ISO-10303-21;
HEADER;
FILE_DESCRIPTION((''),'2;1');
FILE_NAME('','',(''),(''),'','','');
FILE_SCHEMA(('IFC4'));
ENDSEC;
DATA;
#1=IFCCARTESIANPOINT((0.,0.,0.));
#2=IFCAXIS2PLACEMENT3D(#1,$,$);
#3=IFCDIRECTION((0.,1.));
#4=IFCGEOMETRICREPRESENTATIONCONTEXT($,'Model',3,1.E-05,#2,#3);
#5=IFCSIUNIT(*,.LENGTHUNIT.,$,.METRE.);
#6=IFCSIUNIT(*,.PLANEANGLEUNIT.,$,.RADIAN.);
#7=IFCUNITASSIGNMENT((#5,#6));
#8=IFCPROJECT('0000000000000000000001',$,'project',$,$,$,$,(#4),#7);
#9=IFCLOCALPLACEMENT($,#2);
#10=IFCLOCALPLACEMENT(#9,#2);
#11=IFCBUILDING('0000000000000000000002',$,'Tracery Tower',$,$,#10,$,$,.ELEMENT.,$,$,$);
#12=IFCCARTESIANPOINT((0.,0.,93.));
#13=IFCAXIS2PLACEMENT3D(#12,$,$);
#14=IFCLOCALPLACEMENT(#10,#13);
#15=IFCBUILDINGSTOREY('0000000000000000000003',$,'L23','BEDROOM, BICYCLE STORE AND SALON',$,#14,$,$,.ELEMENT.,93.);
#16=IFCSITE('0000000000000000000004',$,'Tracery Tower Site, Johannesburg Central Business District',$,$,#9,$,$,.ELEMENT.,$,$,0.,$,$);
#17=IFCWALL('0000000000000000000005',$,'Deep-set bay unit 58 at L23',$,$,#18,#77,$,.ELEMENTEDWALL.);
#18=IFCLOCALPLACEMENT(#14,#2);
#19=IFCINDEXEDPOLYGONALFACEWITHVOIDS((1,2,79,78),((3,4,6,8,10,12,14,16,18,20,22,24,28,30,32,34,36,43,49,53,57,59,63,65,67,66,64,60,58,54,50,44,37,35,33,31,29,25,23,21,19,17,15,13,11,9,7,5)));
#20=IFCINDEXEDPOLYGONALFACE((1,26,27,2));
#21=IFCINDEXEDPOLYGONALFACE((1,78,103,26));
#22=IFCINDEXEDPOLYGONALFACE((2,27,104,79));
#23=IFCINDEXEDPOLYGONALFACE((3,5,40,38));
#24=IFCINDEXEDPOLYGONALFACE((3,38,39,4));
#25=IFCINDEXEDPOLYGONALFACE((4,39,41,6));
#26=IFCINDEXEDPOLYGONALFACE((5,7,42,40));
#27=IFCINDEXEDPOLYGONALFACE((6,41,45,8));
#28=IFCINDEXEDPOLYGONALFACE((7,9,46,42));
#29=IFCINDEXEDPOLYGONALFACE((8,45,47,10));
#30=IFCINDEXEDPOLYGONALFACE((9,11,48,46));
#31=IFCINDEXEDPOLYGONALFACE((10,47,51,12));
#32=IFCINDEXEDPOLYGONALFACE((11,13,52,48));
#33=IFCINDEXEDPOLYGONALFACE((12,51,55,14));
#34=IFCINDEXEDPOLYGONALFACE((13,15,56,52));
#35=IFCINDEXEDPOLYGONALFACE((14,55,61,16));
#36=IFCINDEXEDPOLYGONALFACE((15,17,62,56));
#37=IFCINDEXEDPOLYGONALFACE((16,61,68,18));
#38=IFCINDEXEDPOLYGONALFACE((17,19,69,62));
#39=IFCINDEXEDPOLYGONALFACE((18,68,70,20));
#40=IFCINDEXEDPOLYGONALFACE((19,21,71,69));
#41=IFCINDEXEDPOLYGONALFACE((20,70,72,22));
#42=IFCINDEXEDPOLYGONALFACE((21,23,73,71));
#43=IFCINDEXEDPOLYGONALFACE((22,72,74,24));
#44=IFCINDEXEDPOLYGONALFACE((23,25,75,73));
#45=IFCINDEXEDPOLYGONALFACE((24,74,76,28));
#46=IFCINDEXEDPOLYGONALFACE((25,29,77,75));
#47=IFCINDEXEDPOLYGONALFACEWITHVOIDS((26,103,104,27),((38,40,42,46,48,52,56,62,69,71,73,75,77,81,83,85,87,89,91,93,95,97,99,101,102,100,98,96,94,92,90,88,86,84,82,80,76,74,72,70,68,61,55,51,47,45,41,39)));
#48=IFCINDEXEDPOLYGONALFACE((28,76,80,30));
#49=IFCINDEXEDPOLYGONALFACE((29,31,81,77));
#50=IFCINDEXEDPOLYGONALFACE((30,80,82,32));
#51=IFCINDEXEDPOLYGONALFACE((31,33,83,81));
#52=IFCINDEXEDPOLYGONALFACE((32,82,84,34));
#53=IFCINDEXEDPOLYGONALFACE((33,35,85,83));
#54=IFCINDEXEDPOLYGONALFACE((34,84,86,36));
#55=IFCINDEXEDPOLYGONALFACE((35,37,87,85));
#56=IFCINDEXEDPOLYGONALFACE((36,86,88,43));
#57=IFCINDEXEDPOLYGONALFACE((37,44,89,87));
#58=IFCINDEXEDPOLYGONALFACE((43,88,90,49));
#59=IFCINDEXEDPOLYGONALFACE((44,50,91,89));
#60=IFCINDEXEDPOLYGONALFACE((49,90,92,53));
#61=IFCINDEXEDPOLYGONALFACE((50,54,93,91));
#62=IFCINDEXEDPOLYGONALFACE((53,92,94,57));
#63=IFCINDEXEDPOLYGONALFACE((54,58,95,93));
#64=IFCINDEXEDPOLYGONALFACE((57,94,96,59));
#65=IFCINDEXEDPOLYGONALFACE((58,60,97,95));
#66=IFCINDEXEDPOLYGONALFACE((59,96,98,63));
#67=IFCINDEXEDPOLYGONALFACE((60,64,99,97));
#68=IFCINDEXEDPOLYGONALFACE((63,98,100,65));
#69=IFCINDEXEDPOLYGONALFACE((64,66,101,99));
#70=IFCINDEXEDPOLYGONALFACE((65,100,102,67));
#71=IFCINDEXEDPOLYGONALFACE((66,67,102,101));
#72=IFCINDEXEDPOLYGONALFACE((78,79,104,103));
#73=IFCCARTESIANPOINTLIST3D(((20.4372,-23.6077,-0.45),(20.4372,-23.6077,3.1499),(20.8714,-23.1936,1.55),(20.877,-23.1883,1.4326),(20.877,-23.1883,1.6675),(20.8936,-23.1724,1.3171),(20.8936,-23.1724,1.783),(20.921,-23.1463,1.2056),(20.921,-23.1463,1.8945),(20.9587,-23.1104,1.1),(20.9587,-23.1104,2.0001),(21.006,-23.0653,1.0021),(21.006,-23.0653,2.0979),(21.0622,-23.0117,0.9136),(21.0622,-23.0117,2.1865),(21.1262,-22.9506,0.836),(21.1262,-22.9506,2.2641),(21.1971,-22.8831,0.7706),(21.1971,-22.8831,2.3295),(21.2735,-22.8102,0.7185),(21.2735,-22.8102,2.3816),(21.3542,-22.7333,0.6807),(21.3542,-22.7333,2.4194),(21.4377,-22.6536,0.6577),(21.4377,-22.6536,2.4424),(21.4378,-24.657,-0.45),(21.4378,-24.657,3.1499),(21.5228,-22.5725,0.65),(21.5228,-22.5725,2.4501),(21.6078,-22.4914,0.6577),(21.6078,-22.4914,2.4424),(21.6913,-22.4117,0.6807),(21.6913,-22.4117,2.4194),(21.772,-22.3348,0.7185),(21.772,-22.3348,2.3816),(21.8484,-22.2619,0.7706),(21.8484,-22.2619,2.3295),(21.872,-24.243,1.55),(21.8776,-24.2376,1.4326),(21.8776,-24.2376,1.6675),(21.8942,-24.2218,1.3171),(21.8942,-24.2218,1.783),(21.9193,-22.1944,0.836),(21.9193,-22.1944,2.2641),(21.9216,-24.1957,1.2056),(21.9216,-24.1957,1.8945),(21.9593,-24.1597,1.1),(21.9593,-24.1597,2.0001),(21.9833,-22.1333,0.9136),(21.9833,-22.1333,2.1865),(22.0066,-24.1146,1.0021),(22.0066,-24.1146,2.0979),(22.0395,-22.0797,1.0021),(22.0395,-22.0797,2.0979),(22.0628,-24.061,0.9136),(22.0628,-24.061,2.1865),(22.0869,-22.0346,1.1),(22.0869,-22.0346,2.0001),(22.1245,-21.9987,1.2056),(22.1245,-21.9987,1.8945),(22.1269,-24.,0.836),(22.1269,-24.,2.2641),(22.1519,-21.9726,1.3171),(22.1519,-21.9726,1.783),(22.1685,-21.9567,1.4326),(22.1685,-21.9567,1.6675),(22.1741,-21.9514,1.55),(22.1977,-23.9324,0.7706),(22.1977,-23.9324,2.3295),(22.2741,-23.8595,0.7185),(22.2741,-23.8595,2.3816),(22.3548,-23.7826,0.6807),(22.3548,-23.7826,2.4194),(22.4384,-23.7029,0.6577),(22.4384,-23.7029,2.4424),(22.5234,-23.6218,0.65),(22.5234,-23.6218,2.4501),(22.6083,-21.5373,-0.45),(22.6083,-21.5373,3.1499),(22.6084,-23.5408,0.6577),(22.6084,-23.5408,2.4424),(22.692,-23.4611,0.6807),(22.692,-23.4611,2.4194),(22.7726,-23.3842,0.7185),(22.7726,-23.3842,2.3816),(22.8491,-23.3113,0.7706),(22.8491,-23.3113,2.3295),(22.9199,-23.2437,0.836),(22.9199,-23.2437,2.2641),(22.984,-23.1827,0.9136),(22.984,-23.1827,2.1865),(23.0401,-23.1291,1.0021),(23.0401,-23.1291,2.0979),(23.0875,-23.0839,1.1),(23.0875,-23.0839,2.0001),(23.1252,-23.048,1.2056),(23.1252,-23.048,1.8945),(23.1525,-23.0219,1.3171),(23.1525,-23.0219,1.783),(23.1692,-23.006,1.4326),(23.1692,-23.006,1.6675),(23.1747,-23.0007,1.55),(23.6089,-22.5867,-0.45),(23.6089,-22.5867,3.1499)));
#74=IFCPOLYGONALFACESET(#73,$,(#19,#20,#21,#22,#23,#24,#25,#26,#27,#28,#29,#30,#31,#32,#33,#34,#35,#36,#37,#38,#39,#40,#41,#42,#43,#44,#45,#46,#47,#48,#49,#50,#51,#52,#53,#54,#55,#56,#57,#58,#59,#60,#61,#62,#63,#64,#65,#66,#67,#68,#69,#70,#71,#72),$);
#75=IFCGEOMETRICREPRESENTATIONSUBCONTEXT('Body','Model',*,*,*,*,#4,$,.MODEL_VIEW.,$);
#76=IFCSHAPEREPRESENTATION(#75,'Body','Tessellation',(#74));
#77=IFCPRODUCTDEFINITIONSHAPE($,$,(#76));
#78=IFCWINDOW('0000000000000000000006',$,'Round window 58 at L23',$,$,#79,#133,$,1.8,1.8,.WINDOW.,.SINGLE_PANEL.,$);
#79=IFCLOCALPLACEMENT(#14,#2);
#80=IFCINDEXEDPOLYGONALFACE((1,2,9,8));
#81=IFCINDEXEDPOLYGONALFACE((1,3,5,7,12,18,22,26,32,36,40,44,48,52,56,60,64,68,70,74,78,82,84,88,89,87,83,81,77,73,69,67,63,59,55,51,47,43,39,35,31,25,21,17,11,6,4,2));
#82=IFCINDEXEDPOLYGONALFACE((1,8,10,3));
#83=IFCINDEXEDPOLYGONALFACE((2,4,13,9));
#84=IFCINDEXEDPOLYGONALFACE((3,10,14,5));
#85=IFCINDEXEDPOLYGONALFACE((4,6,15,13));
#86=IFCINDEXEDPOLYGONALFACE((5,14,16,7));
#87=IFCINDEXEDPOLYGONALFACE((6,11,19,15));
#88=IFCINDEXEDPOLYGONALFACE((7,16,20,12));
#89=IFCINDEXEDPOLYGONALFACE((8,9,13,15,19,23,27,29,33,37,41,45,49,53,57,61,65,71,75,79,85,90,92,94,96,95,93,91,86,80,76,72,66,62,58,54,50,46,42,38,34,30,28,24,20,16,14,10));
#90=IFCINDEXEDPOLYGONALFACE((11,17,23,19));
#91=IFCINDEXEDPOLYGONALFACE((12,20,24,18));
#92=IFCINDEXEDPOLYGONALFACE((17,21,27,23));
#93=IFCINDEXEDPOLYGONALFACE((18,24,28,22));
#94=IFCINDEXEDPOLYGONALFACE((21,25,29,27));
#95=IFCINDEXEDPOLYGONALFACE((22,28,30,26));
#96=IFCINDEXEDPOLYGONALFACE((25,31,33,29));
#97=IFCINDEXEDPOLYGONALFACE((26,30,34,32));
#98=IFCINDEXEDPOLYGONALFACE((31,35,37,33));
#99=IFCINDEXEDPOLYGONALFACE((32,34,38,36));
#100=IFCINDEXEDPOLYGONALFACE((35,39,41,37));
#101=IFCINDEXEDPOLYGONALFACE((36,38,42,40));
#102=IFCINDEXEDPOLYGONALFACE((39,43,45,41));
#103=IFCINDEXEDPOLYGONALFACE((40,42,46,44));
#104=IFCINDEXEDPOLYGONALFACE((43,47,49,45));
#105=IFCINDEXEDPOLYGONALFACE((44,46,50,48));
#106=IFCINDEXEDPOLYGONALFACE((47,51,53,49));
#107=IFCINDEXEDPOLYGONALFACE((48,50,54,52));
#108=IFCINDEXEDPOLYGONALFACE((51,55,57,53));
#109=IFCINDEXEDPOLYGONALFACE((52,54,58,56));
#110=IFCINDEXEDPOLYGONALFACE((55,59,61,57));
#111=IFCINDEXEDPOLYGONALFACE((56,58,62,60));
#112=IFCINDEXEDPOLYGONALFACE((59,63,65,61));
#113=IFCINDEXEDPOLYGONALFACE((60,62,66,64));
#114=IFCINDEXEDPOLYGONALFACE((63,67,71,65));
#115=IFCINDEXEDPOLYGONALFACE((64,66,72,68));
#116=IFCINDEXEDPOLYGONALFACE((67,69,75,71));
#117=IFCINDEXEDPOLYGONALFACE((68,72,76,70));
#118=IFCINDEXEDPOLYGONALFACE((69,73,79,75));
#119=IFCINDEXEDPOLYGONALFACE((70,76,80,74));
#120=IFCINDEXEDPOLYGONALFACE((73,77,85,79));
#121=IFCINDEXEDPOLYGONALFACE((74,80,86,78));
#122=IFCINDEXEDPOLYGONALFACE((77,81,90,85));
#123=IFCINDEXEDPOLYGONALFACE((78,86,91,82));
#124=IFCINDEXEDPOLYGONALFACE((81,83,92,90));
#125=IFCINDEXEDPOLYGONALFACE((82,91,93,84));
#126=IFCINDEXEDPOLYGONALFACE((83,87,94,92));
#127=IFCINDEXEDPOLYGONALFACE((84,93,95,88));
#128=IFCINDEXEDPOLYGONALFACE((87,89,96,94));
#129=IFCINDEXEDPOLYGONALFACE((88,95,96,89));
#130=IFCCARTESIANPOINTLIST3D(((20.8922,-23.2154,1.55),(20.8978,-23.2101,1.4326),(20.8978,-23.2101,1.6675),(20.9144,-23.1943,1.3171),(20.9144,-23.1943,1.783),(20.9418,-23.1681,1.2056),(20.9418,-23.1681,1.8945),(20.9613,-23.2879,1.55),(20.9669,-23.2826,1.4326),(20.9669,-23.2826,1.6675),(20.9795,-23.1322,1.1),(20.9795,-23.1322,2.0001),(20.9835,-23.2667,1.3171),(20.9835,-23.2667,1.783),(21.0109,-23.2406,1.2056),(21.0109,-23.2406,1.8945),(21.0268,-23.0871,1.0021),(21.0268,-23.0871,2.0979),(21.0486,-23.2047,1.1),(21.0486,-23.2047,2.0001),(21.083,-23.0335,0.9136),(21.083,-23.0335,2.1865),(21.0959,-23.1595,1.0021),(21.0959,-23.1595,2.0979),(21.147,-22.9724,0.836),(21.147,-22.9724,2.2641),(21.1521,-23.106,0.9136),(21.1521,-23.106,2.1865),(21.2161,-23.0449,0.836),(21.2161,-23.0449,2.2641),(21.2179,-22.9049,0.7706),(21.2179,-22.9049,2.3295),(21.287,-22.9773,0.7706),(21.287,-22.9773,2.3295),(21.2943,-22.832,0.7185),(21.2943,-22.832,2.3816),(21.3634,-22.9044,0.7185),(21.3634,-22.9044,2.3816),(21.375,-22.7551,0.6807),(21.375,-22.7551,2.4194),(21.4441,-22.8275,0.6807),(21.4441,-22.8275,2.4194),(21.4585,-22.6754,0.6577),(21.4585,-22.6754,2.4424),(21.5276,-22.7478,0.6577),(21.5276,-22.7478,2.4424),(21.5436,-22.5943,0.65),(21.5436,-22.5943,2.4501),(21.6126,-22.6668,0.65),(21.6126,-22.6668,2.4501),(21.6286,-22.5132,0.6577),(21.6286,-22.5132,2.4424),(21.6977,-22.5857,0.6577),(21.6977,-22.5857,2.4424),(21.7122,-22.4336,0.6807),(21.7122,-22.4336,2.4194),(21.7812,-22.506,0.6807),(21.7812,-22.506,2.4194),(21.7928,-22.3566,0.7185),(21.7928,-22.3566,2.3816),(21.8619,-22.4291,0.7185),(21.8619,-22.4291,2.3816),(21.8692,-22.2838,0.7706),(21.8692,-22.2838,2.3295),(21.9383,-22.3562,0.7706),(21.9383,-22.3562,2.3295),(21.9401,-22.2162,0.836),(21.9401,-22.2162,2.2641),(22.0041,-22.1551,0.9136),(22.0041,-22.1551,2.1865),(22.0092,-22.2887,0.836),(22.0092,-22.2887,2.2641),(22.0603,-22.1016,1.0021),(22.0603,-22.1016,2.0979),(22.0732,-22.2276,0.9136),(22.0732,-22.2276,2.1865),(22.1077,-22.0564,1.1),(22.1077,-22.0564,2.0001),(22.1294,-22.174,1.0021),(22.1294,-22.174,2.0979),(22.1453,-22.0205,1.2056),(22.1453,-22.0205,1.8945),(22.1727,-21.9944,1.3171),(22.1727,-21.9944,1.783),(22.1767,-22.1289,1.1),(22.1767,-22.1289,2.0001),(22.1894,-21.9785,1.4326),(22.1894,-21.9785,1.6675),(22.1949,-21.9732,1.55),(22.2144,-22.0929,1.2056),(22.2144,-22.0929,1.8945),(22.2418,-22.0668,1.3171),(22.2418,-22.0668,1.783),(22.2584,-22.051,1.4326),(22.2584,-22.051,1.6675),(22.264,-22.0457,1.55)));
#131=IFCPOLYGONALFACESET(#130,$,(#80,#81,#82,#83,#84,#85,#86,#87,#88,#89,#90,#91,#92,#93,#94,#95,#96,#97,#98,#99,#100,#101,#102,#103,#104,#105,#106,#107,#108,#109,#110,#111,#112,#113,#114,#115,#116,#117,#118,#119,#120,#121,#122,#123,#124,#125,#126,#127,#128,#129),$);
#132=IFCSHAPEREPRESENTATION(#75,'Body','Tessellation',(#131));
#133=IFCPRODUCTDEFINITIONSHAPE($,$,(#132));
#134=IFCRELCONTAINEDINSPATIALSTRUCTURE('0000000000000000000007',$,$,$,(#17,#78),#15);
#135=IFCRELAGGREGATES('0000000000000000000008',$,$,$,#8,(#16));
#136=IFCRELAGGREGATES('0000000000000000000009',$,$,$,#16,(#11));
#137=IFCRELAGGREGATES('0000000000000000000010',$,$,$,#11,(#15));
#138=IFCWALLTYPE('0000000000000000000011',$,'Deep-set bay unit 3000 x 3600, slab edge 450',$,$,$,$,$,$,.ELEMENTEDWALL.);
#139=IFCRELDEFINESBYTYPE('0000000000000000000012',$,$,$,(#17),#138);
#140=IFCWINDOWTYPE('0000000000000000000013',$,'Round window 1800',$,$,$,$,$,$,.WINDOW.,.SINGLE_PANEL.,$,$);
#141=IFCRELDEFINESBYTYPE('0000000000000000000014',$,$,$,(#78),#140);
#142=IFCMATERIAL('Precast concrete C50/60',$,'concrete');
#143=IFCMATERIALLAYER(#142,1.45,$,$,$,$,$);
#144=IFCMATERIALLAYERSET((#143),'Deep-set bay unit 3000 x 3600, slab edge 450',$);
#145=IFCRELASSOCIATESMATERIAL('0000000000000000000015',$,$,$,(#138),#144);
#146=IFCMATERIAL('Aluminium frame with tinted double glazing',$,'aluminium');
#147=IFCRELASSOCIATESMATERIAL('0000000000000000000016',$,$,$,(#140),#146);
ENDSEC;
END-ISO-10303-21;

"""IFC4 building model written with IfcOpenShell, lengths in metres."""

from ifc_helpers import new_model, si_unit, direction, frame, frame_2d, origin, origin_2d, place, context, subcontext, project, spatial, rectangle, circle, extrude, material, layer, layer_set, type_object, element, fill, save


model = new_model("IFC4")

# Units and contexts
model_context = context("Model", 3, precision=1e-05, world=origin(), true_north=direction((0.0, 1.0)))
body_context = subcontext(model_context, "Body", "Model", "MODEL_VIEW")
ifc_project = project(units=[si_unit("LENGTHUNIT", "METRE"), si_unit("PLANEANGLEUNIT", "RADIAN")], contexts=[model_context])

# Site, building, storey
site_placement = place(None, origin())
site = spatial("IfcSite", under=ifc_project, at=site_placement, Name="Tracery Tower Site, Johannesburg Central Business District", CompositionType="ELEMENT", RefElevation=0.0)
building_placement = place(site_placement, origin())
building = spatial("IfcBuilding", under=site, at=building_placement, Name="Tracery Tower", CompositionType="ELEMENT")
storey_placement = place(building_placement, frame((0.0, 0.0, 93.0)))
storey = spatial("IfcBuildingStorey", under=building, at=storey_placement, Name="L23", Description="BEDROOM, BICYCLE STORE AND SALON", CompositionType="ELEMENT", Elevation=93.0)

# Wall, opening, window
ifc_material_1 = material(Name="Precast concrete C50/60", Category="concrete")
ifc_layer_1 = layer(ifc_material_1, 1.45)
ifc_layer_set_1 = layer_set([ifc_layer_1], Name="Deep-set bay unit 3000 x 3600, slab edge 450")
wall_type_1 = type_object("IfcWallType", Name="Deep-set bay unit 3000 x 3600, slab edge 450", PredefinedType="ELEMENTEDWALL", material=ifc_layer_set_1)
wall_1_placement = place(storey_placement, frame((20.9375, -24.1323, -0.45), z_axis=(0.0, 0.0, 1.0), x_axis=(0.723712, 0.690102, 0.0)))
wall_1 = element("IfcWall", 1, at=wall_1_placement, inside=storey, type_object=wall_type_1, Name="Deep-set bay unit 58 at L23", PredefinedType="ELEMENTEDWALL", context=body_context, shape_type="SweptSolid", body=[
    extrude(rectangle(XDim=3.0, YDim=1.45, at=frame_2d((1.5, 0.0))), origin(), (0.0, 0.0, 1.0), 3.5999),
])
opening_1_placement = place(wall_1_placement, frame((1.5, 0.0, 2.0)))
opening_1 = element("IfcOpeningElement", 2, at=opening_1_placement, cuts=wall_1, PredefinedType="OPENING", context=body_context, shape_type="SweptSolid", body=[
    extrude(circle(Radius=0.9, at=origin_2d()), frame((0.0, 0.7349, 0.0), z_axis=(0.0, -1.0, 0.0), x_axis=(1.0, 0.0, 0.0)), (0.0, 0.0, 1.0), 1.47),
])
ifc_material_2 = material(Name="Aluminium frame with tinted double glazing", Category="aluminium")
window_type = type_object("IfcWindowType", Name="Round window 1800", PartitioningType="SINGLE_PANEL", PredefinedType="WINDOW", material=ifc_material_2)
window_1_placement = place(opening_1_placement, origin())
window_1 = element("IfcWindow", 3, at=window_1_placement, inside=storey, type_object=window_type, Name="Round window 58 at L23", OverallHeight=1.8, OverallWidth=1.8, PartitioningType="SINGLE_PANEL", PredefinedType="WINDOW", context=body_context, shape_type="SweptSolid", body=[
    extrude(circle(Radius=0.9, at=origin_2d()), frame((0.0, 0.6948, 0.0), z_axis=(0.0, -1.0, 0.0), x_axis=(1.0, 0.0, 0.0)), (0.0, 0.0, 1.0), 0.1001),
])
fill(opening_1, window_1)

save(model, "model.ifc")
